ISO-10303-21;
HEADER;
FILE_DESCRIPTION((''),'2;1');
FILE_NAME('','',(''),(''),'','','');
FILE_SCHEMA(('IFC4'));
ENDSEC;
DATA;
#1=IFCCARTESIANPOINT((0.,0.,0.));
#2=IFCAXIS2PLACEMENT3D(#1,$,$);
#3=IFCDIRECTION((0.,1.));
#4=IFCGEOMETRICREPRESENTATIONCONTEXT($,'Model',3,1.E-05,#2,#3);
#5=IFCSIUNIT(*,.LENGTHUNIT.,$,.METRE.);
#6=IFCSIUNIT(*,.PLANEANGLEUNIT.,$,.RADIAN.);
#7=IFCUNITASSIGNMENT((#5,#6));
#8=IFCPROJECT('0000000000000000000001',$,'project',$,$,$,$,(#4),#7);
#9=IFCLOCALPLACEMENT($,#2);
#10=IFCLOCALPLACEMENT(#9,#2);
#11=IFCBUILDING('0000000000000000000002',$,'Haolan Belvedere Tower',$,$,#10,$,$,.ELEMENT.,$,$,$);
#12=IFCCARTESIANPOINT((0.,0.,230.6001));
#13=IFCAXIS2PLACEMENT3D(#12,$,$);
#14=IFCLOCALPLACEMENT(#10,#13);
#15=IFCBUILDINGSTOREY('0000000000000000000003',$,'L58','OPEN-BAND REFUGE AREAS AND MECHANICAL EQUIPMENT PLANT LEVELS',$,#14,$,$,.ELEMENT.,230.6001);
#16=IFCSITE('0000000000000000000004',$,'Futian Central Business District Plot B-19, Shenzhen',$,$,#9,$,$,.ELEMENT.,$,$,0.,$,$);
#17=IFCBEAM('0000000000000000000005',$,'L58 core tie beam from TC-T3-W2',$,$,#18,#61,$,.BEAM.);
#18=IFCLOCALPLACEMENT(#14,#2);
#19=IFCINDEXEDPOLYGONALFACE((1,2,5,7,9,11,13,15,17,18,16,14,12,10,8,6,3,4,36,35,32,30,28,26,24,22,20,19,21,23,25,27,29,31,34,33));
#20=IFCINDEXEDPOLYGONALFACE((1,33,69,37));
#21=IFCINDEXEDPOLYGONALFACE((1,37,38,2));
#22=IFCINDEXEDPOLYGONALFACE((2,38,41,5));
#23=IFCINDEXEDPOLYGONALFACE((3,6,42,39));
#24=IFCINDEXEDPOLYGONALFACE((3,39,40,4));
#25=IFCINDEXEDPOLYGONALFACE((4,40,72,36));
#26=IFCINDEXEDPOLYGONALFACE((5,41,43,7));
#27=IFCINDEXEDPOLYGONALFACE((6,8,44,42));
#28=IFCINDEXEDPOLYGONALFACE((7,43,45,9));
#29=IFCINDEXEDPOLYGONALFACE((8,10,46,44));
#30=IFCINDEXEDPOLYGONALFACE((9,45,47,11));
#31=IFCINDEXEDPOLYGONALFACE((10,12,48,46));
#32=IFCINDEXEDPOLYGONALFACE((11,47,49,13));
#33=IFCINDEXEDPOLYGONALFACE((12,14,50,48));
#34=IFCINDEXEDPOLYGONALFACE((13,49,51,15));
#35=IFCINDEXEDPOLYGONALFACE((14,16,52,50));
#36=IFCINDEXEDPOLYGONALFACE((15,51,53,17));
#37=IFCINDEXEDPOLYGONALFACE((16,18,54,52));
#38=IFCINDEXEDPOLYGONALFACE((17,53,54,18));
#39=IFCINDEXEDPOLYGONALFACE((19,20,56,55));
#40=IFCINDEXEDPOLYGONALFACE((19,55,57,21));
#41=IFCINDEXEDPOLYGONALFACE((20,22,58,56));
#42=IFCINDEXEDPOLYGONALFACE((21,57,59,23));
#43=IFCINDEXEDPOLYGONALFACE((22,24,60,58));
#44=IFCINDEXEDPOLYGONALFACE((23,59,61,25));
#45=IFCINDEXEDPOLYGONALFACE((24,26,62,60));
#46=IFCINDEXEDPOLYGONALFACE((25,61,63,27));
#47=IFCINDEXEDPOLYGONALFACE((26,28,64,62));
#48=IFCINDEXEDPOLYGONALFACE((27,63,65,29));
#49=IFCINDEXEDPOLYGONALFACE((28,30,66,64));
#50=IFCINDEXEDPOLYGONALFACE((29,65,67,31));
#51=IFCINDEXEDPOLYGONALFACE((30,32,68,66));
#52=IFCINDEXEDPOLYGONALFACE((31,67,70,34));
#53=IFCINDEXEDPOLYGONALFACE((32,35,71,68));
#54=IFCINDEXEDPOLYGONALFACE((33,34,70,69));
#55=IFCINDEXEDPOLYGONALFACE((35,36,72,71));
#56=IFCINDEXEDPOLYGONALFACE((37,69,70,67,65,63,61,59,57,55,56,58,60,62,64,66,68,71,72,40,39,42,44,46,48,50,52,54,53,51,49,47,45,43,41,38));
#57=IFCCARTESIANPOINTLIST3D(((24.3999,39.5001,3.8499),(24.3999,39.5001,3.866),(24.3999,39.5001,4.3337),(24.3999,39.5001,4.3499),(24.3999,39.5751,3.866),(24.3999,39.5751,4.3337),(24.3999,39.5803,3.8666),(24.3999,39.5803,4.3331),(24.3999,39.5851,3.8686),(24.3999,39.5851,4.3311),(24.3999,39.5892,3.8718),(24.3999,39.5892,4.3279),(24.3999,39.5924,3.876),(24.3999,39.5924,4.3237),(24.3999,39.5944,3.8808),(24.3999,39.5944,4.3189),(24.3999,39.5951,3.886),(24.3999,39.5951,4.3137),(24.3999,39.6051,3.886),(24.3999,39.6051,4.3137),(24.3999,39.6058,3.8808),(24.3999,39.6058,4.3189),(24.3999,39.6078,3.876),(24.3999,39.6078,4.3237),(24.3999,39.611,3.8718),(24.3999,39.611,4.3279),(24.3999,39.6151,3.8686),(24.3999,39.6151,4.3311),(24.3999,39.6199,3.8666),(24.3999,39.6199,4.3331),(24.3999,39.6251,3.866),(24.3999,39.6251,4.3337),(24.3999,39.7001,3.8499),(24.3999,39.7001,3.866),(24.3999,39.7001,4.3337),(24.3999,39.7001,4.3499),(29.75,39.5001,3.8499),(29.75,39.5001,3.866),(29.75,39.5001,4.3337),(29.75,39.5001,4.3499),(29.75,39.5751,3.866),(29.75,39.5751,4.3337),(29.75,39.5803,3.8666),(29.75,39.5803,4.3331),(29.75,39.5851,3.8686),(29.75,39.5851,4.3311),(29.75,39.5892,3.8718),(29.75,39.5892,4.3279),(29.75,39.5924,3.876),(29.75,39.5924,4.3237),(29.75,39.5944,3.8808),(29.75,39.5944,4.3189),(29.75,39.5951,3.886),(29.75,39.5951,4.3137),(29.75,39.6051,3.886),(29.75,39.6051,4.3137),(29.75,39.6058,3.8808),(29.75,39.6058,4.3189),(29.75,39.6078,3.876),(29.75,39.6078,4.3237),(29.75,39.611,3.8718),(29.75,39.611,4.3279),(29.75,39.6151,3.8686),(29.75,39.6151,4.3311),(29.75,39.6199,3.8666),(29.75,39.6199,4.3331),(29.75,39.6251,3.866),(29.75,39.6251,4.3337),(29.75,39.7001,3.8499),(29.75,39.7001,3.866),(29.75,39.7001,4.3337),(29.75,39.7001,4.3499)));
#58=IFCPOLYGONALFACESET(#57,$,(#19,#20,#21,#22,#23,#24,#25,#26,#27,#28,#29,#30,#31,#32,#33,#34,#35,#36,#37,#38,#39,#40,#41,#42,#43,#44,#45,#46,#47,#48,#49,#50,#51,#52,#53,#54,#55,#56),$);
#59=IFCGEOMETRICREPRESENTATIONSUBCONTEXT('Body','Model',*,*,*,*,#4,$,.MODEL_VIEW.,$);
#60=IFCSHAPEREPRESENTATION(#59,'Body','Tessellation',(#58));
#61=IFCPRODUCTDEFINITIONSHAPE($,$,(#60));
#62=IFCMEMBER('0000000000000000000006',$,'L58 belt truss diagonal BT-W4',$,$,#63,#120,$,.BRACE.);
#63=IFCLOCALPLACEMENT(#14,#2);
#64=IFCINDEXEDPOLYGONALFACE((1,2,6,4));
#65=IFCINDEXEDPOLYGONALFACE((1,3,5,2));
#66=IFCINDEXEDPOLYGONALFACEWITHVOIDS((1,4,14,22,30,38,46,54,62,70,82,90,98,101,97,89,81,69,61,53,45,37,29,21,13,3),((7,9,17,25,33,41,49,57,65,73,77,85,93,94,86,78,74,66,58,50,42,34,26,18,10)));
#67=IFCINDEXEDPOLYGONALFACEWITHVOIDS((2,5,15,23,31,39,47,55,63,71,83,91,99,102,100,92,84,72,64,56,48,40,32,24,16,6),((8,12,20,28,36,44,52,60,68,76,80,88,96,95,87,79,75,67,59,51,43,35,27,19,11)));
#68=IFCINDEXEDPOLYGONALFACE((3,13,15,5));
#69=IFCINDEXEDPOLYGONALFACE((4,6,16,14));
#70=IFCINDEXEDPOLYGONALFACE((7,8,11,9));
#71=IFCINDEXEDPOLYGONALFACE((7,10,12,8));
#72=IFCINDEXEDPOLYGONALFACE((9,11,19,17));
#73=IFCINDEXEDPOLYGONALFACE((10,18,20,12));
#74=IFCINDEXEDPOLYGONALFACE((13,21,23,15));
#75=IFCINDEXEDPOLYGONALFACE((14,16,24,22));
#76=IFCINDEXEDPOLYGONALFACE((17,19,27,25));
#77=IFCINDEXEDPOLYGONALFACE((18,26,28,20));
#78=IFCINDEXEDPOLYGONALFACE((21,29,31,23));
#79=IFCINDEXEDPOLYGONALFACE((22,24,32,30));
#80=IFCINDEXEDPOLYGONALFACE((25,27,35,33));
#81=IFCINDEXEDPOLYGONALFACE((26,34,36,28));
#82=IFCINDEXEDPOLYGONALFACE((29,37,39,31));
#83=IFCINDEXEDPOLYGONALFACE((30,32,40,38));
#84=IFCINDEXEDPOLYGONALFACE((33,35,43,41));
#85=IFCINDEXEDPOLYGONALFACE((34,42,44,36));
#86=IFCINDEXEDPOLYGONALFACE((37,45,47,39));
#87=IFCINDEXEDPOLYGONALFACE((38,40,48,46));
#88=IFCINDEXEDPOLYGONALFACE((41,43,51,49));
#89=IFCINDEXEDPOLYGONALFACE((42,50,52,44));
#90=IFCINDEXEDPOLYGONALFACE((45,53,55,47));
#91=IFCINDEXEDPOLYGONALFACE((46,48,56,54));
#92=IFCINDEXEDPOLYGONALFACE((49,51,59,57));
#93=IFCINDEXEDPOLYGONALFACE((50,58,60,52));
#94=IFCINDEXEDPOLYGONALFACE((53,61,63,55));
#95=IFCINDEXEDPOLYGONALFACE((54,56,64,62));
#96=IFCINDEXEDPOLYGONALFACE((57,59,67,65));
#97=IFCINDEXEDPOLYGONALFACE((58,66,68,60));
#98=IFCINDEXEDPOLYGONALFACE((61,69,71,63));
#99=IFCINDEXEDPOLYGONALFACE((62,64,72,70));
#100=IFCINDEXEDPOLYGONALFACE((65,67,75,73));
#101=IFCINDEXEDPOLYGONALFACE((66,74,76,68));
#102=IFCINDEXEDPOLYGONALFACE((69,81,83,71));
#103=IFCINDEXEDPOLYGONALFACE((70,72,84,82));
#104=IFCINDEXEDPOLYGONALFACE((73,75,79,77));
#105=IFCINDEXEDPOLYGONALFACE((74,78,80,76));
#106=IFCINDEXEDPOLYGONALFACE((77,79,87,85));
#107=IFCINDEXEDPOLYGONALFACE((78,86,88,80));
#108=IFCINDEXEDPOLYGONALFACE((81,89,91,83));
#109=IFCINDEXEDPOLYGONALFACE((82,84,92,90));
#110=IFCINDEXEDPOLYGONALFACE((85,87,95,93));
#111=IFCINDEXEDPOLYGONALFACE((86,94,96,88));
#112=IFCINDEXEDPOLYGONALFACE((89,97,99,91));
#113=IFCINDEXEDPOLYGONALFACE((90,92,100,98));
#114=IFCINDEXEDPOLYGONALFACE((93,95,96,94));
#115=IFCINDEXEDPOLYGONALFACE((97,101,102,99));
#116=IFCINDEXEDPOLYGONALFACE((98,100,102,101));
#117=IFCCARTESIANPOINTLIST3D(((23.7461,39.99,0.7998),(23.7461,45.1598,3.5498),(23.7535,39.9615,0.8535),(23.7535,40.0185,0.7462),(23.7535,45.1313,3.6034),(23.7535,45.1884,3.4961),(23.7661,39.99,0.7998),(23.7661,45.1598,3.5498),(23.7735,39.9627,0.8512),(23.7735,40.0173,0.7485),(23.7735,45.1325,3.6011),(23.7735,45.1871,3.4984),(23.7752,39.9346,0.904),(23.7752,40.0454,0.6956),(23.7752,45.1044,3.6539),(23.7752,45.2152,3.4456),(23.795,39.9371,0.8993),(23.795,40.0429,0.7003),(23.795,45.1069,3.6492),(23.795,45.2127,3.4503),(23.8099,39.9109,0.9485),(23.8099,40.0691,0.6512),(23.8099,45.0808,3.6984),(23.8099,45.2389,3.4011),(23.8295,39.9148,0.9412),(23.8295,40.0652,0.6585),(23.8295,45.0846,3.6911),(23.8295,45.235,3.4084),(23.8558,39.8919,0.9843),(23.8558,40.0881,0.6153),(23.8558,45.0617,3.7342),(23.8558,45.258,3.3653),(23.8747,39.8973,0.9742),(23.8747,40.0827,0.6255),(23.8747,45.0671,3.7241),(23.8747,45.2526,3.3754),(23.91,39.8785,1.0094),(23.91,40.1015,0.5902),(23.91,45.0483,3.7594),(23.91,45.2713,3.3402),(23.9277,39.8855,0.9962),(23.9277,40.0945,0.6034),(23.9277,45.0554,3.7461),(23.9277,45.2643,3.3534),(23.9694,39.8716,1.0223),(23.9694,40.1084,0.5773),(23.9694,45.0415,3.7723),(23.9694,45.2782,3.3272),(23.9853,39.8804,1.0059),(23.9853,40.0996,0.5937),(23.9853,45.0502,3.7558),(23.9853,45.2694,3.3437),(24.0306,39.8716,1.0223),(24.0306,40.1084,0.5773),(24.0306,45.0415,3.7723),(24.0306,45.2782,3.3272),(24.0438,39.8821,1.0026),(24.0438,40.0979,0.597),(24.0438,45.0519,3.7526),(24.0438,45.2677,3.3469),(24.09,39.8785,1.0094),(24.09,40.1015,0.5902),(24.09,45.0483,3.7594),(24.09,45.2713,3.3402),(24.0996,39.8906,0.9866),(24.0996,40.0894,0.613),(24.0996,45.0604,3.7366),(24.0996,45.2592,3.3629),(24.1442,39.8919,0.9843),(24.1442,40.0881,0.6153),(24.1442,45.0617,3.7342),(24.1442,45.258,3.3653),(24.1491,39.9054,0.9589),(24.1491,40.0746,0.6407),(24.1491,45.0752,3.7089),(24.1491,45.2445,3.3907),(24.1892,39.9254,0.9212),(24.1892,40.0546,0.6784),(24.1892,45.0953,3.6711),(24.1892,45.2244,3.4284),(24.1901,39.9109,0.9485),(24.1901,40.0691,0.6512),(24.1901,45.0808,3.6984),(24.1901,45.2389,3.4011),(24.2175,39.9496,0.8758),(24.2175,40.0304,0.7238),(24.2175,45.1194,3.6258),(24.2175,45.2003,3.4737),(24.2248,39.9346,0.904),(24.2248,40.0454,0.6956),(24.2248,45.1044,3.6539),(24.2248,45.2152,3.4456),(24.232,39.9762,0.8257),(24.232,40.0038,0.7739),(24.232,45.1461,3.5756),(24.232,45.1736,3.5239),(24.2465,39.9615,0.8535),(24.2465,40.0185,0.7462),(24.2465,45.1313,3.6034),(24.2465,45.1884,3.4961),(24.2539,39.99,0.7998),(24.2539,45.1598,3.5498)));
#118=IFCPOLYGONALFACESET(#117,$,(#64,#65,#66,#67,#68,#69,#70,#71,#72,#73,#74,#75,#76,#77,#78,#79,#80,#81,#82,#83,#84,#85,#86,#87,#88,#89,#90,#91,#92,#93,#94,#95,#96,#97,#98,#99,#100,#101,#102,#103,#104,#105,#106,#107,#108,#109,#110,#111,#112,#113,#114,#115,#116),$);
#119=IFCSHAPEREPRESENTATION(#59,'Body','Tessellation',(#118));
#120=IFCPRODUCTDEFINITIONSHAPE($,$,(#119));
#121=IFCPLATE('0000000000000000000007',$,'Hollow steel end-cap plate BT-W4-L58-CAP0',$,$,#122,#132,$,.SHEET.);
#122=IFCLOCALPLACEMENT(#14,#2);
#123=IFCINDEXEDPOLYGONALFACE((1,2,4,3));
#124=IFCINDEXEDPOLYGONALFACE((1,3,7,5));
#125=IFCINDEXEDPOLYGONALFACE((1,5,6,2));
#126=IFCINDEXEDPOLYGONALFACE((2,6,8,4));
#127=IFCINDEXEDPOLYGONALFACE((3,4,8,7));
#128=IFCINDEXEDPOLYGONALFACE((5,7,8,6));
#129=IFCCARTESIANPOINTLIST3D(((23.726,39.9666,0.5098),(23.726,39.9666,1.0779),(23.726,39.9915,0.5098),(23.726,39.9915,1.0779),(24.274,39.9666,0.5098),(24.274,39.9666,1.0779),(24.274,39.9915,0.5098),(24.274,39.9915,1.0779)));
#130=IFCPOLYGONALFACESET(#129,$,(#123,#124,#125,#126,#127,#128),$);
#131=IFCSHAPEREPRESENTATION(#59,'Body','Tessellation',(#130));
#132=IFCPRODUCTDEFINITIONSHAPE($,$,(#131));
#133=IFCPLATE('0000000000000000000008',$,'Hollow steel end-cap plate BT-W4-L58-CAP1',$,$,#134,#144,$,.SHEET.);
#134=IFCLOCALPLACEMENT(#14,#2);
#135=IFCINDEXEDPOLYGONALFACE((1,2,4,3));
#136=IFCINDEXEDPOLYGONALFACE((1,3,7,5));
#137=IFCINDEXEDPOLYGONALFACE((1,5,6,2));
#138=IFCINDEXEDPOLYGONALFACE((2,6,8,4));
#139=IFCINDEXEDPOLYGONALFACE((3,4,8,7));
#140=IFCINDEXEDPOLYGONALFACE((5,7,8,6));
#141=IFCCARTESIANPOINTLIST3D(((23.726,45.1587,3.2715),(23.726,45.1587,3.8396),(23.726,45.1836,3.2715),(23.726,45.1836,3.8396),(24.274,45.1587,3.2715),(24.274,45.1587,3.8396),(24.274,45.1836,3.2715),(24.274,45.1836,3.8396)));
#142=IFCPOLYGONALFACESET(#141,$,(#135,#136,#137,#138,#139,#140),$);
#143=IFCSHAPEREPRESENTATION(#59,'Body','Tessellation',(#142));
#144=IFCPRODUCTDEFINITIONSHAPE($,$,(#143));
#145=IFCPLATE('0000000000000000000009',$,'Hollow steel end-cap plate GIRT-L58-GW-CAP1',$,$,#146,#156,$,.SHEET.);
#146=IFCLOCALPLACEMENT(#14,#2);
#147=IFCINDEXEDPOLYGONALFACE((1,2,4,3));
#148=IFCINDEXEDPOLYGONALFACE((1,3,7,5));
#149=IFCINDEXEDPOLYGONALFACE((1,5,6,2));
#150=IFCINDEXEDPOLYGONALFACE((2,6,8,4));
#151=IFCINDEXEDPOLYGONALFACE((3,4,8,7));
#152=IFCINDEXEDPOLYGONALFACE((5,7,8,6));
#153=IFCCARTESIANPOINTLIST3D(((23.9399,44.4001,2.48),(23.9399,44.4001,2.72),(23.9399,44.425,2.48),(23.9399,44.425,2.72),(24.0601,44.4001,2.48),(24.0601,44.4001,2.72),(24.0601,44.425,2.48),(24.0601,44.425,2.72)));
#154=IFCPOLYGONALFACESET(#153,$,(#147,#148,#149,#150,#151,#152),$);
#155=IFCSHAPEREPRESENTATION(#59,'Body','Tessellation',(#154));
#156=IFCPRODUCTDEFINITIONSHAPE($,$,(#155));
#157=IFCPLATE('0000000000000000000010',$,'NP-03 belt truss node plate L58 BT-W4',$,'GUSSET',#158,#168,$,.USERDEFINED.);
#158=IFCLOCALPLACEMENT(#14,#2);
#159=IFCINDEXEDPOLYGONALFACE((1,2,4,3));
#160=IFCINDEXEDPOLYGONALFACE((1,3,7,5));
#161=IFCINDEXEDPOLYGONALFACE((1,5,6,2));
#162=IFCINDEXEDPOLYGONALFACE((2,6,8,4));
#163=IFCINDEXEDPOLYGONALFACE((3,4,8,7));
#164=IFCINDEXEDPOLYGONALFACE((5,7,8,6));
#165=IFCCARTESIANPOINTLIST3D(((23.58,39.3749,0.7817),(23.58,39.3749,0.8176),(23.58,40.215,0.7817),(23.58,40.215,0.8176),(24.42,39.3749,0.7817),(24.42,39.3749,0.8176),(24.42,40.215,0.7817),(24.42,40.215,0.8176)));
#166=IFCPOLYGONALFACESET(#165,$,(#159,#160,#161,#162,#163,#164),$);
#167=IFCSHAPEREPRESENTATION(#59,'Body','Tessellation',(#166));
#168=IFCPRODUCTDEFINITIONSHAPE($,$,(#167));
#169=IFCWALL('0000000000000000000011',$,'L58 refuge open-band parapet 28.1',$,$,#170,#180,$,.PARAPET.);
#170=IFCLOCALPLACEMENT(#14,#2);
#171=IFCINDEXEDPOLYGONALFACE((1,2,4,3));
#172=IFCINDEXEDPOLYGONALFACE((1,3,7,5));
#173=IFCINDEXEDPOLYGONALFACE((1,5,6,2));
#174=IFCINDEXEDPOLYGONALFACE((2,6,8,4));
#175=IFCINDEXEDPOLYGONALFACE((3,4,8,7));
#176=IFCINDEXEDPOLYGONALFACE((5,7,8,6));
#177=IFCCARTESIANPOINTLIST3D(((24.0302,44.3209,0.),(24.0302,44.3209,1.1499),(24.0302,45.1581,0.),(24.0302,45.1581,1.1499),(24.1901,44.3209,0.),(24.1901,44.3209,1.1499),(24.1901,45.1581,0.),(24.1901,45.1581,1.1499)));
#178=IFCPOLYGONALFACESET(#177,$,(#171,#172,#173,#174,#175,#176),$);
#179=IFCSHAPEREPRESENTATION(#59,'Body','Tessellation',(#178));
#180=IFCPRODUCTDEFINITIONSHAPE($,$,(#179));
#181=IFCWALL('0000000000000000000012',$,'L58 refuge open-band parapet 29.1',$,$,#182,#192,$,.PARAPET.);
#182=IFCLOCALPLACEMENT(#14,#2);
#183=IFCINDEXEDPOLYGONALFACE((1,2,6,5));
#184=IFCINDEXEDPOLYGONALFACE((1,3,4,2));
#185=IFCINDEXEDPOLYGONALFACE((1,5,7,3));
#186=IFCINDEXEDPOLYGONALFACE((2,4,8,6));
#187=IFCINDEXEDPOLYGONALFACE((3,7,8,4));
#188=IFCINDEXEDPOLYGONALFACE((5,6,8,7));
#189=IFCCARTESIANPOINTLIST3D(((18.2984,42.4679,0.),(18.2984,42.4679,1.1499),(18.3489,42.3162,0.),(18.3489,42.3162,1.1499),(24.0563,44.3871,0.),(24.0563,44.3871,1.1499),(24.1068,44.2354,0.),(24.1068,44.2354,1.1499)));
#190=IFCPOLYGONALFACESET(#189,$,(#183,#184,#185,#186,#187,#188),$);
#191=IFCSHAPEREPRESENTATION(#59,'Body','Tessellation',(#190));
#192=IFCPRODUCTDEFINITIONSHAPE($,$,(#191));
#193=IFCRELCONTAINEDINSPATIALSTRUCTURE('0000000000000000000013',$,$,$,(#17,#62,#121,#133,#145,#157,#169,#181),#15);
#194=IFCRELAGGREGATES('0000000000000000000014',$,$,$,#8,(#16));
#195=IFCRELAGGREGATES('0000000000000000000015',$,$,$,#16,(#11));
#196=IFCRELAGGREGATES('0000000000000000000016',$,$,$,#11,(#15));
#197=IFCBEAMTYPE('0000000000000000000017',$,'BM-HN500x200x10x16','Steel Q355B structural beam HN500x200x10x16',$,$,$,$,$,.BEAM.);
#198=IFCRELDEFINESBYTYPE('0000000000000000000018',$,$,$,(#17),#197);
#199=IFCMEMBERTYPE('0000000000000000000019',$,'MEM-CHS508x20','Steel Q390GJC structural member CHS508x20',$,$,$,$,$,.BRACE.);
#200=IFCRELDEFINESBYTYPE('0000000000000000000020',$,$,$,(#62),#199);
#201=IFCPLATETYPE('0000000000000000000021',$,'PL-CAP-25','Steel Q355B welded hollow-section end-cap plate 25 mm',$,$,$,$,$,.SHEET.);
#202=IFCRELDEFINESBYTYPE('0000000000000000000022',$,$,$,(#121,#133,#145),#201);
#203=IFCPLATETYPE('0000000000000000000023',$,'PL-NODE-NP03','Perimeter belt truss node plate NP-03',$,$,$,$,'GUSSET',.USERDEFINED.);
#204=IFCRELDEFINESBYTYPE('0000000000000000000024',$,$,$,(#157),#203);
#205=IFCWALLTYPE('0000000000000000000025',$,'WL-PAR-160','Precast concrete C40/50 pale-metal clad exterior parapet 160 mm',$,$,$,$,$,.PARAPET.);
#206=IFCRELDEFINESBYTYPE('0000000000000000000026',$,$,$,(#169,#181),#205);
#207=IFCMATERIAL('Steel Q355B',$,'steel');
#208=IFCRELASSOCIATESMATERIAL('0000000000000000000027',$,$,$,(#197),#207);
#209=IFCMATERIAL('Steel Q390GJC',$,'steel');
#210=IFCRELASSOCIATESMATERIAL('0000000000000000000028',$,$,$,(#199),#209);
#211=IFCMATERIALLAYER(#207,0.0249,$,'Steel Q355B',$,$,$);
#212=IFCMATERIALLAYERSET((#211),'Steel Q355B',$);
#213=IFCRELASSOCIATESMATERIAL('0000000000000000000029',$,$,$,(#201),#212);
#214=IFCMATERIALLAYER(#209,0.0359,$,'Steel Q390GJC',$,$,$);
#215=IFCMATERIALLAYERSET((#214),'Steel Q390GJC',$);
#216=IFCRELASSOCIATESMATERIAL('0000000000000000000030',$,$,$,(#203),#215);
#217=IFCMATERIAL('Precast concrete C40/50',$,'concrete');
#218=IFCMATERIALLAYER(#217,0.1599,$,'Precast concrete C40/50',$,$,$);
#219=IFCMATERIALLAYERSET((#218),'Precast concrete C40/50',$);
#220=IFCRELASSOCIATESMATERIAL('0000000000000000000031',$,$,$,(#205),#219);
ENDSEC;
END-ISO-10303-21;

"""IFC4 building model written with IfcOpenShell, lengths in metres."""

from ifc_helpers import new_model, si_unit, direction, frame, frame_2d, origin, origin_2d, place, context, subcontext, project, spatial, rectangle, hollow_circle, i_section, extrude, material, layer, layer_set, material_profile, profile_set, type_object, element, save


model = new_model("IFC4")

# Units and contexts
model_context = context("Model", 3, precision=1e-05, world=origin(), true_north=direction((0.0, 1.0)))
body_context = subcontext(model_context, "Body", "Model", "MODEL_VIEW")
ifc_project = project(units=[si_unit("LENGTHUNIT", "METRE"), si_unit("PLANEANGLEUNIT", "RADIAN")], contexts=[model_context])

# Site, building, storey
site_placement = place(None, origin())
site = spatial("IfcSite", under=ifc_project, at=site_placement, Name="Futian Central Business District Plot B-19, Shenzhen", CompositionType="ELEMENT", RefElevation=0.0)
building_placement = place(site_placement, origin())
building = spatial("IfcBuilding", under=site, at=building_placement, Name="Haolan Belvedere Tower", CompositionType="ELEMENT")
storey_placement = place(building_placement, frame((0.0, 0.0, 230.6001)))
storey = spatial("IfcBuildingStorey", under=building, at=storey_placement, Name="L58", Description="OPEN-BAND REFUGE AREAS AND MECHANICAL EQUIPMENT PLANT LEVELS", CompositionType="ELEMENT", Elevation=230.6001)

# Shared definitions
ifc_material_1 = material(Name="Steel Q390GJC", Category="steel")

# Beam
ifc_material_2 = material(Name="Steel Q355B", Category="steel")
ifc_material_profile_1 = material_profile(ifc_material_2, i_section(OverallWidth=0.2, OverallDepth=0.5, WebThickness=0.01, FlangeThickness=0.0161, FilletRadius=0.02, at=origin_2d()), Name="Steel Q355B")
ifc_profile_set_1 = profile_set([ifc_material_profile_1], Name="Steel Q355B")
beam_type_1 = type_object("IfcBeamType", Name="BM-HN500x200x10x16", Description="Steel Q355B structural beam HN500x200x10x16", PredefinedType="BEAM", material=ifc_profile_set_1)
beam_1_placement = place(storey_placement, frame((24.3999, 39.6001, 4.0999), z_axis=(1.0, 0.0, 0.0), x_axis=(0.0, 1.0, 0.0)))
element("IfcBeam", 1, at=beam_1_placement, inside=storey, type_object=beam_type_1, Name="L58 core tie beam from TC-T3-W2", PredefinedType="BEAM", context=body_context, shape_type="SweptSolid", body=[
    extrude(i_section(OverallWidth=0.2, OverallDepth=0.5, WebThickness=0.01, FlangeThickness=0.0161, FilletRadius=0.02, at=origin_2d()), origin(), (0.0, 0.0, 1.0), 5.3501),
])

# Member
ifc_material_profile_2 = material_profile(ifc_material_1, hollow_circle(Radius=0.2539, WallThickness=0.02, at=origin_2d()), Name="Steel Q390GJC")
ifc_profile_set_2 = profile_set([ifc_material_profile_2], Name="Steel Q390GJC")
member_type = type_object("IfcMemberType", Name="MEM-CHS508x20", Description="Steel Q390GJC structural member CHS508x20", PredefinedType="BRACE", material=ifc_profile_set_2)
member_placement = place(storey_placement, frame((24.0, 39.99, 0.7998), z_axis=(0.0, 0.882869, 0.469619), x_axis=(-1.0, 0.0, 0.0)))
element("IfcMember", 2, at=member_placement, inside=storey, type_object=member_type, Name="L58 belt truss diagonal BT-W4", PredefinedType="BRACE", context=body_context, shape_type="SweptSolid", body=[
    extrude(hollow_circle(Radius=0.2539, WallThickness=0.02, at=origin_2d()), origin(), (0.0, 0.0, 1.0), 5.8557),
])

# Plates
ifc_layer_1 = layer(ifc_material_2, 0.0249, Name="Steel Q355B")
ifc_layer_set_1 = layer_set([ifc_layer_1], Name="Steel Q355B")
plate_type_1 = type_object("IfcPlateType", Name="PL-CAP-25", Description="Steel Q355B welded hollow-section end-cap plate 25 mm", PredefinedType="SHEET", material=ifc_layer_set_1)
for number, where, z_axis, x_axis, name in (
    (3, (24.0, 39.979, 0.5098), (0.0, 0.0, 1.0), (1.0, 0.0, 0.0), "Hollow steel end-cap plate BT-W4-L58-CAP0"),
    (4, (24.0, 45.1711, 3.2715), (0.0, 0.0, 1.0), (-1.0, 0.0, 0.0), "Hollow steel end-cap plate BT-W4-L58-CAP1"),
):
    element("IfcPlate", number, at=place(storey_placement, frame(where, z_axis=z_axis, x_axis=x_axis)), inside=storey, type_object=plate_type_1, Name=name, PredefinedType="SHEET", context=body_context, shape_type="SweptSolid", body=[
        extrude(rectangle(XDim=0.5481, YDim=0.0249, at=origin_2d()), origin(), (0.0, 0.0, 1.0), 0.5681),
    ])
plate_1_placement = place(storey_placement, frame((24.0, 44.4126, 2.48), z_axis=(0.0, 0.0, 1.0), x_axis=(-1.0, 0.0, 0.0)))
element("IfcPlate", 5, at=plate_1_placement, inside=storey, type_object=plate_type_1, Name="Hollow steel end-cap plate GIRT-L58-GW-CAP1", PredefinedType="SHEET", context=body_context, shape_type="SweptSolid", body=[
    extrude(rectangle(XDim=0.1201, YDim=0.0249, at=origin_2d()), origin(), (0.0, 0.0, 1.0), 0.24),
])
ifc_layer_2 = layer(ifc_material_1, 0.0359, Name="Steel Q390GJC")
ifc_layer_set_2 = layer_set([ifc_layer_2], Name="Steel Q390GJC")
plate_type_2 = type_object("IfcPlateType", Name="PL-NODE-NP03", Description="Perimeter belt truss node plate NP-03", ElementType="GUSSET", PredefinedType="USERDEFINED", material=ifc_layer_set_2)
plate_2_placement = place(storey_placement, frame((24.0, 39.7949, 0.7817), z_axis=(0.0, 0.0, 1.0), x_axis=(1.0, 0.0, 0.0)))
element("IfcPlate", 6, at=plate_2_placement, inside=storey, type_object=plate_type_2, Name="NP-03 belt truss node plate L58 BT-W4", ObjectType="GUSSET", PredefinedType="USERDEFINED", context=body_context, shape_type="SweptSolid", body=[
    extrude(rectangle(XDim=0.8401, YDim=0.8401, at=origin_2d()), origin(), (0.0, 0.0, 1.0), 0.0359),
])

# Walls
ifc_material_3 = material(Name="Precast concrete C40/50", Category="concrete")
ifc_layer_3 = layer(ifc_material_3, 0.1599, Name="Precast concrete C40/50")
ifc_layer_set_3 = layer_set([ifc_layer_3], Name="Precast concrete C40/50")
wall_type = type_object("IfcWallType", Name="WL-PAR-160", Description="Precast concrete C40/50 pale-metal clad exterior parapet 160 mm", PredefinedType="PARAPET", material=ifc_layer_set_3)
wall_1_placement = place(storey_placement, frame((24.1101, 45.158, 0.0), z_axis=(0.0, 0.0, 1.0), x_axis=(0.0, -1.0, 0.0)))
element("IfcWall", 7, at=wall_1_placement, inside=storey, type_object=wall_type, Name="L58 refuge open-band parapet 28.1", PredefinedType="PARAPET", context=body_context, shape_type="SweptSolid", body=[
    extrude(rectangle(XDim=0.8372, YDim=0.1599, at=frame_2d((0.4185, 0.0))), origin(), (0.0, 0.0, 1.0), 1.1499),
])
wall_2_placement = place(storey_placement, frame((24.0815, 44.3113, 0.0), z_axis=(0.0, 0.0, 1.0), x_axis=(-0.948687, -0.316216, 0.0)))
element("IfcWall", 8, at=wall_2_placement, inside=storey, type_object=wall_type, Name="L58 refuge open-band parapet 29.1", PredefinedType="PARAPET", context=body_context, shape_type="SweptSolid", body=[
    extrude(rectangle(XDim=6.0693, YDim=0.1599, at=frame_2d((3.0347, 0.0))), origin(), (0.0, 0.0, 1.0), 1.1499),
])

save(model, "model.ifc")
